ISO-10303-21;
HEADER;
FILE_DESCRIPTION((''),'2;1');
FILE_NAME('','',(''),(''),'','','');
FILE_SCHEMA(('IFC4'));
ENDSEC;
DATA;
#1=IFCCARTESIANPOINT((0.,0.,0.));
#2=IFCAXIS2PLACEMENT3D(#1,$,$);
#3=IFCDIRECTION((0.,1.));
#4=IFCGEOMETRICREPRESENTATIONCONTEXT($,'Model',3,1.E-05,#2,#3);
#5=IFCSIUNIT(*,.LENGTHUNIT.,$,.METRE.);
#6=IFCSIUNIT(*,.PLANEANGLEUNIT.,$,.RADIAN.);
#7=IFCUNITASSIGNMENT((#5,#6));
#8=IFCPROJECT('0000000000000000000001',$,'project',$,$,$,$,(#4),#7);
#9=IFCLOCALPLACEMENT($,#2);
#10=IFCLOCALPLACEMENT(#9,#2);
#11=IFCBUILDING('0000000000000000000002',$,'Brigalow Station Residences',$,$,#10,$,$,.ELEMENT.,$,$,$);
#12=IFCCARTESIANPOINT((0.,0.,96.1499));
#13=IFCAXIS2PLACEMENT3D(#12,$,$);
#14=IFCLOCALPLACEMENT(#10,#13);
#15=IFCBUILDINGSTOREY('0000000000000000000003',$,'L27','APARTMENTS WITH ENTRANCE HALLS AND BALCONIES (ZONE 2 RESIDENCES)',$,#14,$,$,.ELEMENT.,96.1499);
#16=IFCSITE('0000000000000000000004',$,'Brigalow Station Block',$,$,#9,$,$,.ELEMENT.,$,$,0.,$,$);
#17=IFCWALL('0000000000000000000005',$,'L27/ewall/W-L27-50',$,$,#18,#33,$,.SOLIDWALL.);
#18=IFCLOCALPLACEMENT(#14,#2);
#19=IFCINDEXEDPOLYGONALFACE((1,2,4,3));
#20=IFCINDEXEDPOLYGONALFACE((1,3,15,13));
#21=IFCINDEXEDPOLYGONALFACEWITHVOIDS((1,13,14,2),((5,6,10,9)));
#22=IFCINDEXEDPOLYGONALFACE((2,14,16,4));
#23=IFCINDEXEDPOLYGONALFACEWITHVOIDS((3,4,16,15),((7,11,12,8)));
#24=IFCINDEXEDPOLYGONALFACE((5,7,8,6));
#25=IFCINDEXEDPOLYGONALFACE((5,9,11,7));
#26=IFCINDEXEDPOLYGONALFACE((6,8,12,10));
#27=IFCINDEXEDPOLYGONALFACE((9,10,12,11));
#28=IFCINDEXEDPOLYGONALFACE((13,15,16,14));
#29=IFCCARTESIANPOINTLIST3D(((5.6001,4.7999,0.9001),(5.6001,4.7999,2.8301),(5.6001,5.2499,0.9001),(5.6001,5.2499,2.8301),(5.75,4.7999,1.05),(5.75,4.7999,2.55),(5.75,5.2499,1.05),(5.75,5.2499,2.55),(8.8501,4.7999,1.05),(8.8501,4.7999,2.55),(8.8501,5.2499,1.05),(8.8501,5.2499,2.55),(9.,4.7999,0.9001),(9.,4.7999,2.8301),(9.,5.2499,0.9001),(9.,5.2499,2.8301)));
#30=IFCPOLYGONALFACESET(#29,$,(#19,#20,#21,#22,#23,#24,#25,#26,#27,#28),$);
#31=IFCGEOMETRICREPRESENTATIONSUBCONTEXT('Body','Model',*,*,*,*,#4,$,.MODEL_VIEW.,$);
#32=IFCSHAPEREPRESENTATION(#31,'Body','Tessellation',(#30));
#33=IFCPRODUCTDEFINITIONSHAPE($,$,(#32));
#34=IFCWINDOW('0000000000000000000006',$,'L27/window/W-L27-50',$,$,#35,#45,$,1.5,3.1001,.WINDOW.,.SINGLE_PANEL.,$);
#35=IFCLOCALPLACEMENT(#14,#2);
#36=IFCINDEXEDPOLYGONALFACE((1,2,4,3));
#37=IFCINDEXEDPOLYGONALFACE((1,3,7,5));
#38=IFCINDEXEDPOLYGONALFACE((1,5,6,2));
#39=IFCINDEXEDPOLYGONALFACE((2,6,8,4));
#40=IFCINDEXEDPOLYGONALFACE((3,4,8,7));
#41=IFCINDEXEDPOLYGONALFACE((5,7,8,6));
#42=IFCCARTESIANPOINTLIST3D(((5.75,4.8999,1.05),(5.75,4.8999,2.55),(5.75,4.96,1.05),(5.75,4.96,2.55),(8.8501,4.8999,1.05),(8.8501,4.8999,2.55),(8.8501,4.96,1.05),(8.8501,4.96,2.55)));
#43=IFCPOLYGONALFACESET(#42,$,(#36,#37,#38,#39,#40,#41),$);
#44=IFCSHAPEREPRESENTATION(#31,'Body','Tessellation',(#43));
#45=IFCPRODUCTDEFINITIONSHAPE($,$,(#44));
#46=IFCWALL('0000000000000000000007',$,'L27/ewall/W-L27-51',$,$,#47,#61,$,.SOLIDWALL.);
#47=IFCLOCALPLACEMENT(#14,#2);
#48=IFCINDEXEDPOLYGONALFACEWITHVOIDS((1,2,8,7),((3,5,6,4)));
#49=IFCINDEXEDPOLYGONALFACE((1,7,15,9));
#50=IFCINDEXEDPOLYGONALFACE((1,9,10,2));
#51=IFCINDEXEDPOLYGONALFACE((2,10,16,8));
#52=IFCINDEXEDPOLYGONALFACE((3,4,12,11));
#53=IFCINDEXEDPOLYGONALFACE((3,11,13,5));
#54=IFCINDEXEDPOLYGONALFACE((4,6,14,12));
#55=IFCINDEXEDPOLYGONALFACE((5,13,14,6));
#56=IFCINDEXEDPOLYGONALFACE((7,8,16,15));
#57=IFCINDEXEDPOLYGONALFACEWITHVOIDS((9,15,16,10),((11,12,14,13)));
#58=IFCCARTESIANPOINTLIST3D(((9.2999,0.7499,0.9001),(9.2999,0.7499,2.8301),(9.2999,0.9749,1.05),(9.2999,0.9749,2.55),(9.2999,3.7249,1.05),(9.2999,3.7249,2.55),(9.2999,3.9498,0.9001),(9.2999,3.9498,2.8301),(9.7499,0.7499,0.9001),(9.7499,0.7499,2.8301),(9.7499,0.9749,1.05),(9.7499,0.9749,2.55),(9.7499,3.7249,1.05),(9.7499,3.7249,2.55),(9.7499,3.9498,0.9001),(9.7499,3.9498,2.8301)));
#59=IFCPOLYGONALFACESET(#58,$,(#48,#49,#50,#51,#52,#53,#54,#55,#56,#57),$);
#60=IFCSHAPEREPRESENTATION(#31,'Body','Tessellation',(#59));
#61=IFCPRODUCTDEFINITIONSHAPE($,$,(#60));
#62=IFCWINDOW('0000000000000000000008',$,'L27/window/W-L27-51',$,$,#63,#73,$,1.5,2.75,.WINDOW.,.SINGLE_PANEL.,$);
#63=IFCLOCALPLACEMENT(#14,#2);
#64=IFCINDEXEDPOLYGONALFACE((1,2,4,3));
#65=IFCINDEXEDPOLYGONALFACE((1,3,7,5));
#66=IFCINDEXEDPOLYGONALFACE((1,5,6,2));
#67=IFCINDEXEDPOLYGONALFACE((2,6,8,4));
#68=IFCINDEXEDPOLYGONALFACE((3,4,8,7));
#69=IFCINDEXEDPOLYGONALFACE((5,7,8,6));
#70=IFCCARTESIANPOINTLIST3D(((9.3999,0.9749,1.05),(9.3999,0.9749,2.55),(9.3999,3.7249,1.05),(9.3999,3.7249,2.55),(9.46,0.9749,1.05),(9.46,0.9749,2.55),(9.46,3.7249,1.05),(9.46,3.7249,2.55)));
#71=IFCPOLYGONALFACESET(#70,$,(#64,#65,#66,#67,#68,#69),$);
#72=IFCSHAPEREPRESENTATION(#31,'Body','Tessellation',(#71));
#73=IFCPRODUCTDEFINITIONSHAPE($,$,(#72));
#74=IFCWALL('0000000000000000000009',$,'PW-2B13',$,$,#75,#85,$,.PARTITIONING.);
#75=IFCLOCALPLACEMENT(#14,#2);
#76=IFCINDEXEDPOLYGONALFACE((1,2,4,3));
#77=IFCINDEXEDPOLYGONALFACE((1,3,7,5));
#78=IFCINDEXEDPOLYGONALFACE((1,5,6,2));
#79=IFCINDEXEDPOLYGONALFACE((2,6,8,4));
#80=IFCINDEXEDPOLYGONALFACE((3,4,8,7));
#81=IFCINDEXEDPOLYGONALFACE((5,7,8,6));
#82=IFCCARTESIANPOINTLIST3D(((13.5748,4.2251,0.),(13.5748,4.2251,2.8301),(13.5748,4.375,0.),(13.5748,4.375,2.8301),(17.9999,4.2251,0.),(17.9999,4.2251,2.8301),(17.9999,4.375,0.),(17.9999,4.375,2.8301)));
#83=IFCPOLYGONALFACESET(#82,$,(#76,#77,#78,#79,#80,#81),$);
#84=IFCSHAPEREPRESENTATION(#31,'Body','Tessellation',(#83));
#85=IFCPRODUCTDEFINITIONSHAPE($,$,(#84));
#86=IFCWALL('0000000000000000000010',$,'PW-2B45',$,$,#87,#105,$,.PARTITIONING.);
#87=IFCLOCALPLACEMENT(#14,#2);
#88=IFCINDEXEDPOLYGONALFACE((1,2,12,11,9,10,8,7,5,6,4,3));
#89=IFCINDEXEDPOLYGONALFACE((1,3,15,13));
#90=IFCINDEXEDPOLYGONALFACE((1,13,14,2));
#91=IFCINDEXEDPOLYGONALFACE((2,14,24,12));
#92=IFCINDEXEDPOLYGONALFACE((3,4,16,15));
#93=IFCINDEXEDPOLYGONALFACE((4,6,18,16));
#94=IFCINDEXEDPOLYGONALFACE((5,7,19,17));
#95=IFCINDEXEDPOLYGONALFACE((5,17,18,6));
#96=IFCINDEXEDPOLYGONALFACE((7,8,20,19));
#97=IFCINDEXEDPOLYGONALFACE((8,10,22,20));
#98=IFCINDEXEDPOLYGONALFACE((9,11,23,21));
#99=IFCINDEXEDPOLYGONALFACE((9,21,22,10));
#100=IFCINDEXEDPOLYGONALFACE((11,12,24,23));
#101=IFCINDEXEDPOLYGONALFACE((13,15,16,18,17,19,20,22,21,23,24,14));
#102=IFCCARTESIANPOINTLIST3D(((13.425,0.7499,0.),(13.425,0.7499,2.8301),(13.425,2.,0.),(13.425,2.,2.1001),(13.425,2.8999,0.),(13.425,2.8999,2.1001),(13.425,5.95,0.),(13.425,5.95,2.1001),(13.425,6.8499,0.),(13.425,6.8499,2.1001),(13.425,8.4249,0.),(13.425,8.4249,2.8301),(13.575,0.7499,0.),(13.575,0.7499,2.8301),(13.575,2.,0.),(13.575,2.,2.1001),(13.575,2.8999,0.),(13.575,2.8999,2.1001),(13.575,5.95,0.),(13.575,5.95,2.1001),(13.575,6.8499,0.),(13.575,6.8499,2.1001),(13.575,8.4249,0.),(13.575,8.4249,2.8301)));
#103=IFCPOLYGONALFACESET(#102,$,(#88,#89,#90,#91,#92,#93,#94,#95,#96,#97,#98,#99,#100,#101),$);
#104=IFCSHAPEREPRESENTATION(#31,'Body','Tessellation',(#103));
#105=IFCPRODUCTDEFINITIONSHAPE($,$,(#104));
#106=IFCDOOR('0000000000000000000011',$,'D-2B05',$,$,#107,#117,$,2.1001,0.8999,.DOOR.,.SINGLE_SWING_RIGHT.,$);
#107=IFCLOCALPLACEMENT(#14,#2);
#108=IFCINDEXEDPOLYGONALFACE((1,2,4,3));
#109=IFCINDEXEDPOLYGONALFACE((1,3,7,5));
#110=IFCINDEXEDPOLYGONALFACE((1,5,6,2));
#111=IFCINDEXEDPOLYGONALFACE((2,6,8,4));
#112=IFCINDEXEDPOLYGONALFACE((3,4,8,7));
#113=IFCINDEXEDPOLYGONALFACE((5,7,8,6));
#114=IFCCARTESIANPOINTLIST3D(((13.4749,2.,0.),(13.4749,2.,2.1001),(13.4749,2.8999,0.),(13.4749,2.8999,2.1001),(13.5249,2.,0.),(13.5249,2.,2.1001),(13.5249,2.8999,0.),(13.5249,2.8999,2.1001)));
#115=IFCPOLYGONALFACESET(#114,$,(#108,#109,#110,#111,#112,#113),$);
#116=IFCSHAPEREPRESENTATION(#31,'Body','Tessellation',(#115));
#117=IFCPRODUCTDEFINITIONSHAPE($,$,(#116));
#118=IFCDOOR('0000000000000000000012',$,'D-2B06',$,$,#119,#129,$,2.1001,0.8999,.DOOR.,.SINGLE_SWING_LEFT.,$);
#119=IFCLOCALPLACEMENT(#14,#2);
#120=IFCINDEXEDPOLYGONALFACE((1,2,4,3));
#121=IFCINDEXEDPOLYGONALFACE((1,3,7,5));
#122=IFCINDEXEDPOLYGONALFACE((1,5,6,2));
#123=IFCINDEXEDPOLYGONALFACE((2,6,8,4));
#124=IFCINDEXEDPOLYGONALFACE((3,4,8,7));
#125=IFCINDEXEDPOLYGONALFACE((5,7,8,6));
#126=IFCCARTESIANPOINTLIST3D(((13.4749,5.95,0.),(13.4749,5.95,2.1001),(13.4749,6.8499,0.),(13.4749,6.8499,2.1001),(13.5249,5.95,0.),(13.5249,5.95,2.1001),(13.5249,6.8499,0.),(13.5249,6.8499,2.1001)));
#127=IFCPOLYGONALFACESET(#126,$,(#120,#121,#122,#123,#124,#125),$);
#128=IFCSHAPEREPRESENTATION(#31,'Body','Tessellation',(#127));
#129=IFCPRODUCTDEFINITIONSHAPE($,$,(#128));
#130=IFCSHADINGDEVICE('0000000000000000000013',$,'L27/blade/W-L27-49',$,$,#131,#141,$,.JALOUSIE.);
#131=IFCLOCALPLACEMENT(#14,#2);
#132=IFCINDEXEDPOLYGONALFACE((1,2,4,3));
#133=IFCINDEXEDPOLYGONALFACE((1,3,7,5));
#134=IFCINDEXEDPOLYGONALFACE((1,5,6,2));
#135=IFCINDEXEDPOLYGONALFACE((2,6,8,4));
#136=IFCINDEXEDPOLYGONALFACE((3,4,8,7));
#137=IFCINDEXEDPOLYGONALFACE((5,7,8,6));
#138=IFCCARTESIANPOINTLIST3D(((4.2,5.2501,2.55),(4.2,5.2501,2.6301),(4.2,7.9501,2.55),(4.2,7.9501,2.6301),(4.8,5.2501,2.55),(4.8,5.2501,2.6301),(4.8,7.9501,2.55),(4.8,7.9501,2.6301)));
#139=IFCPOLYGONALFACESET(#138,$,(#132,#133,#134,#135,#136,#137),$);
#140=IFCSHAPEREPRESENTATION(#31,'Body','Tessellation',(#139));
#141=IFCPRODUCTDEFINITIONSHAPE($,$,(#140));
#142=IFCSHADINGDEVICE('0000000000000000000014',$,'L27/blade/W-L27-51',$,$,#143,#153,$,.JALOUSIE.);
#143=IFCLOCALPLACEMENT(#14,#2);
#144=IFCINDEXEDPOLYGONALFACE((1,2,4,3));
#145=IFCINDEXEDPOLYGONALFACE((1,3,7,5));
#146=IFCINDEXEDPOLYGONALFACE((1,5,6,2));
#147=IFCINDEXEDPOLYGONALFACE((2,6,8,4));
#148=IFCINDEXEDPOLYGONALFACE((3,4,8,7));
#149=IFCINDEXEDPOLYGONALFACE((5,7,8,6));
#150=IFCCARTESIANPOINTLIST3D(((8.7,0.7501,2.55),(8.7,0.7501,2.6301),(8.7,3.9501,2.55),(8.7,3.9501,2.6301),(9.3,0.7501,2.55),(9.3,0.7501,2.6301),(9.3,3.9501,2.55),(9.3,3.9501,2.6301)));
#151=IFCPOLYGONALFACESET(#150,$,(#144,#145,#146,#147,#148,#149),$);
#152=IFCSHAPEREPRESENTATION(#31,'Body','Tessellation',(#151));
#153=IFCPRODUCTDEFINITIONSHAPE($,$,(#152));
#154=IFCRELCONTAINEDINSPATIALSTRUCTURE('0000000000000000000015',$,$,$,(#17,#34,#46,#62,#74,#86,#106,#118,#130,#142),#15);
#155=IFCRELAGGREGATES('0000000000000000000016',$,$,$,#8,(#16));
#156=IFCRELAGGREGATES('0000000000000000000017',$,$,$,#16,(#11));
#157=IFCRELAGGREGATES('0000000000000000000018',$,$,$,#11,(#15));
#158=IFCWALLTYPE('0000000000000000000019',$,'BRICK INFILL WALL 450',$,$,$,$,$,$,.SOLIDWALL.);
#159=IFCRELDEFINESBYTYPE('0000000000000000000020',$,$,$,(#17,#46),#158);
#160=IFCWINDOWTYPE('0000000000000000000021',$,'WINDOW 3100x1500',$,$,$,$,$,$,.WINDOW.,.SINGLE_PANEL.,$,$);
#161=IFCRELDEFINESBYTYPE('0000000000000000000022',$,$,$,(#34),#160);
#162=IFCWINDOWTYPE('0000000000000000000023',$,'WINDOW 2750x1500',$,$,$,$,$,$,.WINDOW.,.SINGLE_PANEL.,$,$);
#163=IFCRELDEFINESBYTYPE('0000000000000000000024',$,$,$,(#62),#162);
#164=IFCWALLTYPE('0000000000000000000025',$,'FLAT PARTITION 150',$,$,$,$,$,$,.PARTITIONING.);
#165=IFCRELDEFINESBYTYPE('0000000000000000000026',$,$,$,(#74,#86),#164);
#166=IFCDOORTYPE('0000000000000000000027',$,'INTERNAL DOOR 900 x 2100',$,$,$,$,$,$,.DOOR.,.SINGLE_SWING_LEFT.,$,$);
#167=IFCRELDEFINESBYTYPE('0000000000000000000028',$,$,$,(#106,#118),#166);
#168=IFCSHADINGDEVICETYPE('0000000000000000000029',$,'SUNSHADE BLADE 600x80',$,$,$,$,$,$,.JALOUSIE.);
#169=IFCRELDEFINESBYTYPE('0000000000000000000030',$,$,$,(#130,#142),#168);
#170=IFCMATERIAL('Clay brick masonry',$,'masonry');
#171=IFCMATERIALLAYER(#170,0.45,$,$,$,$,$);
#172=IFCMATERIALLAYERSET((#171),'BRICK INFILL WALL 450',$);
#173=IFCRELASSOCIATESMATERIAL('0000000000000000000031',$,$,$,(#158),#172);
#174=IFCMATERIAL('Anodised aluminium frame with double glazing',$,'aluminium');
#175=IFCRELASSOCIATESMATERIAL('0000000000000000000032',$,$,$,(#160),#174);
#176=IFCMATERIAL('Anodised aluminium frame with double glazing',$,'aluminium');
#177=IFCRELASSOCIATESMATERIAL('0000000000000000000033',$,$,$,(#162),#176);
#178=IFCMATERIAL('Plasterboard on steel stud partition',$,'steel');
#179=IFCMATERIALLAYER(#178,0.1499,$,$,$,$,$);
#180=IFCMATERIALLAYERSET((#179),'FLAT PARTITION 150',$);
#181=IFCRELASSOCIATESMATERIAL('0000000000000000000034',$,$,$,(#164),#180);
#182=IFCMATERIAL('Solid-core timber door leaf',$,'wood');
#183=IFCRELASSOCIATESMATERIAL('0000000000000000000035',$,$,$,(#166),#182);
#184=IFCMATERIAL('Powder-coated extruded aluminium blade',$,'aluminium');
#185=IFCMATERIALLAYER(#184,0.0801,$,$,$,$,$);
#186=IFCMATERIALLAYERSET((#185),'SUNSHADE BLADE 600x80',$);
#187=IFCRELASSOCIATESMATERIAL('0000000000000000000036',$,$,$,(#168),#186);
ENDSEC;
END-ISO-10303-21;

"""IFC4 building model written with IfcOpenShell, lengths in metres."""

from ifc_helpers import new_model, si_unit, direction, frame, frame_2d, origin, origin_2d, place, context, subcontext, project, spatial, rectangle, extrude, material, layer, layer_set, type_object, element, fill, save


model = new_model("IFC4")

# Units and contexts
model_context = context("Model", 3, precision=1e-05, world=origin(), true_north=direction((0.0, 1.0)))
body_context = subcontext(model_context, "Body", "Model", "MODEL_VIEW")
ifc_project = project(units=[si_unit("LENGTHUNIT", "METRE"), si_unit("PLANEANGLEUNIT", "RADIAN")], contexts=[model_context])

# Site, building, storey
site_placement = place(None, origin())
site = spatial("IfcSite", under=ifc_project, at=site_placement, Name="Brigalow Station Block", CompositionType="ELEMENT", RefElevation=0.0)
building_placement = place(site_placement, origin())
building = spatial("IfcBuilding", under=site, at=building_placement, Name="Brigalow Station Residences", CompositionType="ELEMENT")
storey_placement = place(building_placement, frame((0.0, 0.0, 96.1499)))
storey = spatial("IfcBuildingStorey", under=building, at=storey_placement, Name="L27", Description="APARTMENTS WITH ENTRANCE HALLS AND BALCONIES (ZONE 2 RESIDENCES)", CompositionType="ELEMENT", Elevation=96.1499)

# Walls, openings, windows
ifc_material_1 = material(Name="Clay brick masonry", Category="masonry")
ifc_layer_1 = layer(ifc_material_1, 0.45)
ifc_layer_set_1 = layer_set([ifc_layer_1], Name="BRICK INFILL WALL 450")
wall_type_1 = type_object("IfcWallType", Name="BRICK INFILL WALL 450", PredefinedType="SOLIDWALL", material=ifc_layer_set_1)
wall_1_placement = place(storey_placement, frame((5.6001, 5.0249, 0.9001), z_axis=(0.0, 0.0, 1.0), x_axis=(1.0, 0.0, 0.0)))
wall_1 = element("IfcWall", 1, at=wall_1_placement, inside=storey, type_object=wall_type_1, Name="L27/ewall/W-L27-50", PredefinedType="SOLIDWALL", context=body_context, shape_type="SweptSolid", body=[
    extrude(rectangle(XDim=3.3999, YDim=0.45, at=frame_2d((1.7, 0.0))), origin(), (0.0, 0.0, 1.0), 1.9299),
])
opening_1_placement = place(wall_1_placement, frame((0.1499, 0.0, 0.1499)))
opening_1 = element("IfcOpeningElement", 2, at=opening_1_placement, cuts=wall_1, PredefinedType="OPENING", context=body_context, shape_type="SweptSolid", body=[
    extrude(rectangle(XDim=3.1001, YDim=1.5, at=frame_2d((1.55, 0.75))), frame((0.0, 0.2349, 0.0), z_axis=(0.0, -1.0, 0.0), x_axis=(1.0, 0.0, 0.0)), (0.0, 0.0, 1.0), 0.47),
])
ifc_material_2 = material(Name="Anodised aluminium frame with double glazing", Category="aluminium")
window_type_1 = type_object("IfcWindowType", Name="WINDOW 3100x1500", PartitioningType="SINGLE_PANEL", PredefinedType="WINDOW", material=ifc_material_2)
window_1_placement = place(opening_1_placement, origin())
window_1 = element("IfcWindow", 3, at=window_1_placement, inside=storey, type_object=window_type_1, Name="L27/window/W-L27-50", OverallHeight=1.5, OverallWidth=3.1001, PartitioningType="SINGLE_PANEL", PredefinedType="WINDOW", context=body_context, shape_type="SweptSolid", body=[
    extrude(rectangle(XDim=3.1001, YDim=1.5, at=frame_2d((1.55, 0.75))), frame((0.0, -0.0649, 0.0), z_axis=(0.0, -1.0, 0.0), x_axis=(1.0, 0.0, 0.0)), (0.0, 0.0, 1.0), 0.0601),
])
fill(opening_1, window_1)
wall_2_placement = place(storey_placement, frame((9.5249, 3.95, 0.9001), z_axis=(0.0, 0.0, 1.0), x_axis=(0.0, -1.0, 0.0)))
wall_2 = element("IfcWall", 4, at=wall_2_placement, inside=storey, type_object=wall_type_1, Name="L27/ewall/W-L27-51", PredefinedType="SOLIDWALL", context=body_context, shape_type="SweptSolid", body=[
    extrude(rectangle(XDim=3.2, YDim=0.45, at=frame_2d((1.6001, 0.0))), origin(), (0.0, 0.0, 1.0), 1.9299),
])
opening_2_placement = place(wall_2_placement, frame((0.2251, 0.0, 0.1499)))
opening_2 = element("IfcOpeningElement", 5, at=opening_2_placement, cuts=wall_2, PredefinedType="OPENING", context=body_context, shape_type="SweptSolid", body=[
    extrude(rectangle(XDim=2.75, YDim=1.5, at=frame_2d((1.375, 0.75))), frame((0.0, 0.2349, 0.0), z_axis=(0.0, -1.0, 0.0), x_axis=(1.0, 0.0, 0.0)), (0.0, 0.0, 1.0), 0.47),
])
ifc_material_3 = material(Name="Anodised aluminium frame with double glazing", Category="aluminium")
window_type_2 = type_object("IfcWindowType", Name="WINDOW 2750x1500", PartitioningType="SINGLE_PANEL", PredefinedType="WINDOW", material=ifc_material_3)
window_2_placement = place(opening_2_placement, origin())
window_2 = element("IfcWindow", 6, at=window_2_placement, inside=storey, type_object=window_type_2, Name="L27/window/W-L27-51", OverallHeight=1.5, OverallWidth=2.75, PartitioningType="SINGLE_PANEL", PredefinedType="WINDOW", context=body_context, shape_type="SweptSolid", body=[
    extrude(rectangle(XDim=2.75, YDim=1.5, at=frame_2d((1.375, 0.75))), frame((0.0, -0.0649, 0.0), z_axis=(0.0, -1.0, 0.0), x_axis=(1.0, 0.0, 0.0)), (0.0, 0.0, 1.0), 0.0601),
])
fill(opening_2, window_2)

# Wall
ifc_material_4 = material(Name="Plasterboard on steel stud partition", Category="steel")
ifc_layer_2 = layer(ifc_material_4, 0.1499)
ifc_layer_set_2 = layer_set([ifc_layer_2], Name="FLAT PARTITION 150")
wall_type_2 = type_object("IfcWallType", Name="FLAT PARTITION 150", PredefinedType="PARTITIONING", material=ifc_layer_set_2)
wall_3_placement = place(storey_placement, frame((13.575, 4.3, 0.0), z_axis=(0.0, 0.0, 1.0), x_axis=(1.0, 0.0, 0.0)))
element("IfcWall", 7, at=wall_3_placement, inside=storey, type_object=wall_type_2, Name="PW-2B13", PredefinedType="PARTITIONING", context=body_context, shape_type="SweptSolid", body=[
    extrude(rectangle(XDim=4.425, YDim=0.1499, at=frame_2d((2.2124, 0.0))), origin(), (0.0, 0.0, 1.0), 2.8301),
])

# Wall, openings, doors
wall_4_placement = place(storey_placement, frame((13.5, 0.75, 0.0), z_axis=(0.0, 0.0, 1.0), x_axis=(0.0, 1.0, 0.0)))
wall_4 = element("IfcWall", 8, at=wall_4_placement, inside=storey, type_object=wall_type_2, Name="PW-2B45", PredefinedType="PARTITIONING", context=body_context, shape_type="SweptSolid", body=[
    extrude(rectangle(XDim=7.675, YDim=0.1499, at=frame_2d((3.8374, 0.0))), origin(), (0.0, 0.0, 1.0), 2.8301),
])
opening_3_placement = place(wall_4_placement, frame((1.25, 0.0, 0.0)))
opening_3 = element("IfcOpeningElement", 9, at=opening_3_placement, cuts=wall_4, PredefinedType="OPENING", context=body_context, shape_type="SweptSolid", body=[
    extrude(rectangle(XDim=0.8999, YDim=2.1001, at=frame_2d((0.45, 1.05))), frame((0.0, 0.085, 0.0), z_axis=(0.0, -1.0, 0.0), x_axis=(1.0, 0.0, 0.0)), (0.0, 0.0, 1.0), 0.1699),
])
opening_4_placement = place(wall_4_placement, frame((5.2, 0.0, 0.0)))
opening_4 = element("IfcOpeningElement", 10, at=opening_4_placement, cuts=wall_4, PredefinedType="OPENING", context=body_context, shape_type="SweptSolid", body=[
    extrude(rectangle(XDim=0.8999, YDim=2.1001, at=frame_2d((0.45, 1.05))), frame((0.0, 0.085, 0.0), z_axis=(0.0, -1.0, 0.0), x_axis=(1.0, 0.0, 0.0)), (0.0, 0.0, 1.0), 0.1699),
])
ifc_material_5 = material(Name="Solid-core timber door leaf", Category="wood")
door_type = type_object("IfcDoorType", Name="INTERNAL DOOR 900 x 2100", OperationType="SINGLE_SWING_LEFT", PredefinedType="DOOR", material=ifc_material_5)
door_1_placement = place(opening_3_placement, frame((0.8999, 0.0, 0.0), z_axis=(0.0, 0.0, 1.0), x_axis=(-1.0, 0.0, 0.0)))
door_1 = element("IfcDoor", 11, at=door_1_placement, inside=storey, type_object=door_type, Name="D-2B05", OperationType="SINGLE_SWING_RIGHT", OverallHeight=2.1001, OverallWidth=0.8999, PredefinedType="DOOR", context=body_context, shape_type="SweptSolid", body=[
    extrude(rectangle(XDim=0.8999, YDim=2.1001, at=frame_2d((0.45, 1.05))), frame((0.0, 0.0249, 0.0), z_axis=(0.0, -1.0, 0.0), x_axis=(1.0, 0.0, 0.0)), (0.0, 0.0, 1.0), 0.05),
])
fill(opening_3, door_1)
door_2_placement = place(opening_4_placement, frame((0.8999, 0.0, 0.0), z_axis=(0.0, 0.0, 1.0), x_axis=(-1.0, 0.0, 0.0)))
door_2 = element("IfcDoor", 12, at=door_2_placement, inside=storey, type_object=door_type, Name="D-2B06", OperationType="SINGLE_SWING_LEFT", OverallHeight=2.1001, OverallWidth=0.8999, PredefinedType="DOOR", context=body_context, shape_type="SweptSolid", body=[
    extrude(rectangle(XDim=0.8999, YDim=2.1001, at=frame_2d((0.45, 1.05))), frame((0.0, 0.0249, 0.0), z_axis=(0.0, -1.0, 0.0), x_axis=(1.0, 0.0, 0.0)), (0.0, 0.0, 1.0), 0.05),
])
fill(opening_4, door_2)

# Shading devices
ifc_material_6 = material(Name="Powder-coated extruded aluminium blade", Category="aluminium")
ifc_layer_3 = layer(ifc_material_6, 0.0801)
ifc_layer_set_3 = layer_set([ifc_layer_3], Name="SUNSHADE BLADE 600x80")
shading_device_type = type_object("IfcShadingDeviceType", Name="SUNSHADE BLADE 600x80", PredefinedType="JALOUSIE", material=ifc_layer_set_3)
shading_device_1_placement = place(storey_placement, frame((4.5, 6.6001, 2.55), z_axis=(0.0, 0.0, 1.0), x_axis=(0.0, -1.0, 0.0)))
element("IfcShadingDevice", 13, at=shading_device_1_placement, inside=storey, type_object=shading_device_type, Name="L27/blade/W-L27-49", PredefinedType="JALOUSIE", context=body_context, shape_type="SweptSolid", body=[
    extrude(rectangle(XDim=2.7, YDim=0.6001, at=origin_2d()), origin(), (0.0, 0.0, 1.0), 0.0801),
])
shading_device_2_placement = place(storey_placement, frame((9.0, 2.3501, 2.55), z_axis=(0.0, 0.0, 1.0), x_axis=(0.0, -1.0, 0.0)))
element("IfcShadingDevice", 14, at=shading_device_2_placement, inside=storey, type_object=shading_device_type, Name="L27/blade/W-L27-51", PredefinedType="JALOUSIE", context=body_context, shape_type="SweptSolid", body=[
    extrude(rectangle(XDim=3.2, YDim=0.6001, at=origin_2d()), origin(), (0.0, 0.0, 1.0), 0.0801),
])

save(model, "model.ifc")
